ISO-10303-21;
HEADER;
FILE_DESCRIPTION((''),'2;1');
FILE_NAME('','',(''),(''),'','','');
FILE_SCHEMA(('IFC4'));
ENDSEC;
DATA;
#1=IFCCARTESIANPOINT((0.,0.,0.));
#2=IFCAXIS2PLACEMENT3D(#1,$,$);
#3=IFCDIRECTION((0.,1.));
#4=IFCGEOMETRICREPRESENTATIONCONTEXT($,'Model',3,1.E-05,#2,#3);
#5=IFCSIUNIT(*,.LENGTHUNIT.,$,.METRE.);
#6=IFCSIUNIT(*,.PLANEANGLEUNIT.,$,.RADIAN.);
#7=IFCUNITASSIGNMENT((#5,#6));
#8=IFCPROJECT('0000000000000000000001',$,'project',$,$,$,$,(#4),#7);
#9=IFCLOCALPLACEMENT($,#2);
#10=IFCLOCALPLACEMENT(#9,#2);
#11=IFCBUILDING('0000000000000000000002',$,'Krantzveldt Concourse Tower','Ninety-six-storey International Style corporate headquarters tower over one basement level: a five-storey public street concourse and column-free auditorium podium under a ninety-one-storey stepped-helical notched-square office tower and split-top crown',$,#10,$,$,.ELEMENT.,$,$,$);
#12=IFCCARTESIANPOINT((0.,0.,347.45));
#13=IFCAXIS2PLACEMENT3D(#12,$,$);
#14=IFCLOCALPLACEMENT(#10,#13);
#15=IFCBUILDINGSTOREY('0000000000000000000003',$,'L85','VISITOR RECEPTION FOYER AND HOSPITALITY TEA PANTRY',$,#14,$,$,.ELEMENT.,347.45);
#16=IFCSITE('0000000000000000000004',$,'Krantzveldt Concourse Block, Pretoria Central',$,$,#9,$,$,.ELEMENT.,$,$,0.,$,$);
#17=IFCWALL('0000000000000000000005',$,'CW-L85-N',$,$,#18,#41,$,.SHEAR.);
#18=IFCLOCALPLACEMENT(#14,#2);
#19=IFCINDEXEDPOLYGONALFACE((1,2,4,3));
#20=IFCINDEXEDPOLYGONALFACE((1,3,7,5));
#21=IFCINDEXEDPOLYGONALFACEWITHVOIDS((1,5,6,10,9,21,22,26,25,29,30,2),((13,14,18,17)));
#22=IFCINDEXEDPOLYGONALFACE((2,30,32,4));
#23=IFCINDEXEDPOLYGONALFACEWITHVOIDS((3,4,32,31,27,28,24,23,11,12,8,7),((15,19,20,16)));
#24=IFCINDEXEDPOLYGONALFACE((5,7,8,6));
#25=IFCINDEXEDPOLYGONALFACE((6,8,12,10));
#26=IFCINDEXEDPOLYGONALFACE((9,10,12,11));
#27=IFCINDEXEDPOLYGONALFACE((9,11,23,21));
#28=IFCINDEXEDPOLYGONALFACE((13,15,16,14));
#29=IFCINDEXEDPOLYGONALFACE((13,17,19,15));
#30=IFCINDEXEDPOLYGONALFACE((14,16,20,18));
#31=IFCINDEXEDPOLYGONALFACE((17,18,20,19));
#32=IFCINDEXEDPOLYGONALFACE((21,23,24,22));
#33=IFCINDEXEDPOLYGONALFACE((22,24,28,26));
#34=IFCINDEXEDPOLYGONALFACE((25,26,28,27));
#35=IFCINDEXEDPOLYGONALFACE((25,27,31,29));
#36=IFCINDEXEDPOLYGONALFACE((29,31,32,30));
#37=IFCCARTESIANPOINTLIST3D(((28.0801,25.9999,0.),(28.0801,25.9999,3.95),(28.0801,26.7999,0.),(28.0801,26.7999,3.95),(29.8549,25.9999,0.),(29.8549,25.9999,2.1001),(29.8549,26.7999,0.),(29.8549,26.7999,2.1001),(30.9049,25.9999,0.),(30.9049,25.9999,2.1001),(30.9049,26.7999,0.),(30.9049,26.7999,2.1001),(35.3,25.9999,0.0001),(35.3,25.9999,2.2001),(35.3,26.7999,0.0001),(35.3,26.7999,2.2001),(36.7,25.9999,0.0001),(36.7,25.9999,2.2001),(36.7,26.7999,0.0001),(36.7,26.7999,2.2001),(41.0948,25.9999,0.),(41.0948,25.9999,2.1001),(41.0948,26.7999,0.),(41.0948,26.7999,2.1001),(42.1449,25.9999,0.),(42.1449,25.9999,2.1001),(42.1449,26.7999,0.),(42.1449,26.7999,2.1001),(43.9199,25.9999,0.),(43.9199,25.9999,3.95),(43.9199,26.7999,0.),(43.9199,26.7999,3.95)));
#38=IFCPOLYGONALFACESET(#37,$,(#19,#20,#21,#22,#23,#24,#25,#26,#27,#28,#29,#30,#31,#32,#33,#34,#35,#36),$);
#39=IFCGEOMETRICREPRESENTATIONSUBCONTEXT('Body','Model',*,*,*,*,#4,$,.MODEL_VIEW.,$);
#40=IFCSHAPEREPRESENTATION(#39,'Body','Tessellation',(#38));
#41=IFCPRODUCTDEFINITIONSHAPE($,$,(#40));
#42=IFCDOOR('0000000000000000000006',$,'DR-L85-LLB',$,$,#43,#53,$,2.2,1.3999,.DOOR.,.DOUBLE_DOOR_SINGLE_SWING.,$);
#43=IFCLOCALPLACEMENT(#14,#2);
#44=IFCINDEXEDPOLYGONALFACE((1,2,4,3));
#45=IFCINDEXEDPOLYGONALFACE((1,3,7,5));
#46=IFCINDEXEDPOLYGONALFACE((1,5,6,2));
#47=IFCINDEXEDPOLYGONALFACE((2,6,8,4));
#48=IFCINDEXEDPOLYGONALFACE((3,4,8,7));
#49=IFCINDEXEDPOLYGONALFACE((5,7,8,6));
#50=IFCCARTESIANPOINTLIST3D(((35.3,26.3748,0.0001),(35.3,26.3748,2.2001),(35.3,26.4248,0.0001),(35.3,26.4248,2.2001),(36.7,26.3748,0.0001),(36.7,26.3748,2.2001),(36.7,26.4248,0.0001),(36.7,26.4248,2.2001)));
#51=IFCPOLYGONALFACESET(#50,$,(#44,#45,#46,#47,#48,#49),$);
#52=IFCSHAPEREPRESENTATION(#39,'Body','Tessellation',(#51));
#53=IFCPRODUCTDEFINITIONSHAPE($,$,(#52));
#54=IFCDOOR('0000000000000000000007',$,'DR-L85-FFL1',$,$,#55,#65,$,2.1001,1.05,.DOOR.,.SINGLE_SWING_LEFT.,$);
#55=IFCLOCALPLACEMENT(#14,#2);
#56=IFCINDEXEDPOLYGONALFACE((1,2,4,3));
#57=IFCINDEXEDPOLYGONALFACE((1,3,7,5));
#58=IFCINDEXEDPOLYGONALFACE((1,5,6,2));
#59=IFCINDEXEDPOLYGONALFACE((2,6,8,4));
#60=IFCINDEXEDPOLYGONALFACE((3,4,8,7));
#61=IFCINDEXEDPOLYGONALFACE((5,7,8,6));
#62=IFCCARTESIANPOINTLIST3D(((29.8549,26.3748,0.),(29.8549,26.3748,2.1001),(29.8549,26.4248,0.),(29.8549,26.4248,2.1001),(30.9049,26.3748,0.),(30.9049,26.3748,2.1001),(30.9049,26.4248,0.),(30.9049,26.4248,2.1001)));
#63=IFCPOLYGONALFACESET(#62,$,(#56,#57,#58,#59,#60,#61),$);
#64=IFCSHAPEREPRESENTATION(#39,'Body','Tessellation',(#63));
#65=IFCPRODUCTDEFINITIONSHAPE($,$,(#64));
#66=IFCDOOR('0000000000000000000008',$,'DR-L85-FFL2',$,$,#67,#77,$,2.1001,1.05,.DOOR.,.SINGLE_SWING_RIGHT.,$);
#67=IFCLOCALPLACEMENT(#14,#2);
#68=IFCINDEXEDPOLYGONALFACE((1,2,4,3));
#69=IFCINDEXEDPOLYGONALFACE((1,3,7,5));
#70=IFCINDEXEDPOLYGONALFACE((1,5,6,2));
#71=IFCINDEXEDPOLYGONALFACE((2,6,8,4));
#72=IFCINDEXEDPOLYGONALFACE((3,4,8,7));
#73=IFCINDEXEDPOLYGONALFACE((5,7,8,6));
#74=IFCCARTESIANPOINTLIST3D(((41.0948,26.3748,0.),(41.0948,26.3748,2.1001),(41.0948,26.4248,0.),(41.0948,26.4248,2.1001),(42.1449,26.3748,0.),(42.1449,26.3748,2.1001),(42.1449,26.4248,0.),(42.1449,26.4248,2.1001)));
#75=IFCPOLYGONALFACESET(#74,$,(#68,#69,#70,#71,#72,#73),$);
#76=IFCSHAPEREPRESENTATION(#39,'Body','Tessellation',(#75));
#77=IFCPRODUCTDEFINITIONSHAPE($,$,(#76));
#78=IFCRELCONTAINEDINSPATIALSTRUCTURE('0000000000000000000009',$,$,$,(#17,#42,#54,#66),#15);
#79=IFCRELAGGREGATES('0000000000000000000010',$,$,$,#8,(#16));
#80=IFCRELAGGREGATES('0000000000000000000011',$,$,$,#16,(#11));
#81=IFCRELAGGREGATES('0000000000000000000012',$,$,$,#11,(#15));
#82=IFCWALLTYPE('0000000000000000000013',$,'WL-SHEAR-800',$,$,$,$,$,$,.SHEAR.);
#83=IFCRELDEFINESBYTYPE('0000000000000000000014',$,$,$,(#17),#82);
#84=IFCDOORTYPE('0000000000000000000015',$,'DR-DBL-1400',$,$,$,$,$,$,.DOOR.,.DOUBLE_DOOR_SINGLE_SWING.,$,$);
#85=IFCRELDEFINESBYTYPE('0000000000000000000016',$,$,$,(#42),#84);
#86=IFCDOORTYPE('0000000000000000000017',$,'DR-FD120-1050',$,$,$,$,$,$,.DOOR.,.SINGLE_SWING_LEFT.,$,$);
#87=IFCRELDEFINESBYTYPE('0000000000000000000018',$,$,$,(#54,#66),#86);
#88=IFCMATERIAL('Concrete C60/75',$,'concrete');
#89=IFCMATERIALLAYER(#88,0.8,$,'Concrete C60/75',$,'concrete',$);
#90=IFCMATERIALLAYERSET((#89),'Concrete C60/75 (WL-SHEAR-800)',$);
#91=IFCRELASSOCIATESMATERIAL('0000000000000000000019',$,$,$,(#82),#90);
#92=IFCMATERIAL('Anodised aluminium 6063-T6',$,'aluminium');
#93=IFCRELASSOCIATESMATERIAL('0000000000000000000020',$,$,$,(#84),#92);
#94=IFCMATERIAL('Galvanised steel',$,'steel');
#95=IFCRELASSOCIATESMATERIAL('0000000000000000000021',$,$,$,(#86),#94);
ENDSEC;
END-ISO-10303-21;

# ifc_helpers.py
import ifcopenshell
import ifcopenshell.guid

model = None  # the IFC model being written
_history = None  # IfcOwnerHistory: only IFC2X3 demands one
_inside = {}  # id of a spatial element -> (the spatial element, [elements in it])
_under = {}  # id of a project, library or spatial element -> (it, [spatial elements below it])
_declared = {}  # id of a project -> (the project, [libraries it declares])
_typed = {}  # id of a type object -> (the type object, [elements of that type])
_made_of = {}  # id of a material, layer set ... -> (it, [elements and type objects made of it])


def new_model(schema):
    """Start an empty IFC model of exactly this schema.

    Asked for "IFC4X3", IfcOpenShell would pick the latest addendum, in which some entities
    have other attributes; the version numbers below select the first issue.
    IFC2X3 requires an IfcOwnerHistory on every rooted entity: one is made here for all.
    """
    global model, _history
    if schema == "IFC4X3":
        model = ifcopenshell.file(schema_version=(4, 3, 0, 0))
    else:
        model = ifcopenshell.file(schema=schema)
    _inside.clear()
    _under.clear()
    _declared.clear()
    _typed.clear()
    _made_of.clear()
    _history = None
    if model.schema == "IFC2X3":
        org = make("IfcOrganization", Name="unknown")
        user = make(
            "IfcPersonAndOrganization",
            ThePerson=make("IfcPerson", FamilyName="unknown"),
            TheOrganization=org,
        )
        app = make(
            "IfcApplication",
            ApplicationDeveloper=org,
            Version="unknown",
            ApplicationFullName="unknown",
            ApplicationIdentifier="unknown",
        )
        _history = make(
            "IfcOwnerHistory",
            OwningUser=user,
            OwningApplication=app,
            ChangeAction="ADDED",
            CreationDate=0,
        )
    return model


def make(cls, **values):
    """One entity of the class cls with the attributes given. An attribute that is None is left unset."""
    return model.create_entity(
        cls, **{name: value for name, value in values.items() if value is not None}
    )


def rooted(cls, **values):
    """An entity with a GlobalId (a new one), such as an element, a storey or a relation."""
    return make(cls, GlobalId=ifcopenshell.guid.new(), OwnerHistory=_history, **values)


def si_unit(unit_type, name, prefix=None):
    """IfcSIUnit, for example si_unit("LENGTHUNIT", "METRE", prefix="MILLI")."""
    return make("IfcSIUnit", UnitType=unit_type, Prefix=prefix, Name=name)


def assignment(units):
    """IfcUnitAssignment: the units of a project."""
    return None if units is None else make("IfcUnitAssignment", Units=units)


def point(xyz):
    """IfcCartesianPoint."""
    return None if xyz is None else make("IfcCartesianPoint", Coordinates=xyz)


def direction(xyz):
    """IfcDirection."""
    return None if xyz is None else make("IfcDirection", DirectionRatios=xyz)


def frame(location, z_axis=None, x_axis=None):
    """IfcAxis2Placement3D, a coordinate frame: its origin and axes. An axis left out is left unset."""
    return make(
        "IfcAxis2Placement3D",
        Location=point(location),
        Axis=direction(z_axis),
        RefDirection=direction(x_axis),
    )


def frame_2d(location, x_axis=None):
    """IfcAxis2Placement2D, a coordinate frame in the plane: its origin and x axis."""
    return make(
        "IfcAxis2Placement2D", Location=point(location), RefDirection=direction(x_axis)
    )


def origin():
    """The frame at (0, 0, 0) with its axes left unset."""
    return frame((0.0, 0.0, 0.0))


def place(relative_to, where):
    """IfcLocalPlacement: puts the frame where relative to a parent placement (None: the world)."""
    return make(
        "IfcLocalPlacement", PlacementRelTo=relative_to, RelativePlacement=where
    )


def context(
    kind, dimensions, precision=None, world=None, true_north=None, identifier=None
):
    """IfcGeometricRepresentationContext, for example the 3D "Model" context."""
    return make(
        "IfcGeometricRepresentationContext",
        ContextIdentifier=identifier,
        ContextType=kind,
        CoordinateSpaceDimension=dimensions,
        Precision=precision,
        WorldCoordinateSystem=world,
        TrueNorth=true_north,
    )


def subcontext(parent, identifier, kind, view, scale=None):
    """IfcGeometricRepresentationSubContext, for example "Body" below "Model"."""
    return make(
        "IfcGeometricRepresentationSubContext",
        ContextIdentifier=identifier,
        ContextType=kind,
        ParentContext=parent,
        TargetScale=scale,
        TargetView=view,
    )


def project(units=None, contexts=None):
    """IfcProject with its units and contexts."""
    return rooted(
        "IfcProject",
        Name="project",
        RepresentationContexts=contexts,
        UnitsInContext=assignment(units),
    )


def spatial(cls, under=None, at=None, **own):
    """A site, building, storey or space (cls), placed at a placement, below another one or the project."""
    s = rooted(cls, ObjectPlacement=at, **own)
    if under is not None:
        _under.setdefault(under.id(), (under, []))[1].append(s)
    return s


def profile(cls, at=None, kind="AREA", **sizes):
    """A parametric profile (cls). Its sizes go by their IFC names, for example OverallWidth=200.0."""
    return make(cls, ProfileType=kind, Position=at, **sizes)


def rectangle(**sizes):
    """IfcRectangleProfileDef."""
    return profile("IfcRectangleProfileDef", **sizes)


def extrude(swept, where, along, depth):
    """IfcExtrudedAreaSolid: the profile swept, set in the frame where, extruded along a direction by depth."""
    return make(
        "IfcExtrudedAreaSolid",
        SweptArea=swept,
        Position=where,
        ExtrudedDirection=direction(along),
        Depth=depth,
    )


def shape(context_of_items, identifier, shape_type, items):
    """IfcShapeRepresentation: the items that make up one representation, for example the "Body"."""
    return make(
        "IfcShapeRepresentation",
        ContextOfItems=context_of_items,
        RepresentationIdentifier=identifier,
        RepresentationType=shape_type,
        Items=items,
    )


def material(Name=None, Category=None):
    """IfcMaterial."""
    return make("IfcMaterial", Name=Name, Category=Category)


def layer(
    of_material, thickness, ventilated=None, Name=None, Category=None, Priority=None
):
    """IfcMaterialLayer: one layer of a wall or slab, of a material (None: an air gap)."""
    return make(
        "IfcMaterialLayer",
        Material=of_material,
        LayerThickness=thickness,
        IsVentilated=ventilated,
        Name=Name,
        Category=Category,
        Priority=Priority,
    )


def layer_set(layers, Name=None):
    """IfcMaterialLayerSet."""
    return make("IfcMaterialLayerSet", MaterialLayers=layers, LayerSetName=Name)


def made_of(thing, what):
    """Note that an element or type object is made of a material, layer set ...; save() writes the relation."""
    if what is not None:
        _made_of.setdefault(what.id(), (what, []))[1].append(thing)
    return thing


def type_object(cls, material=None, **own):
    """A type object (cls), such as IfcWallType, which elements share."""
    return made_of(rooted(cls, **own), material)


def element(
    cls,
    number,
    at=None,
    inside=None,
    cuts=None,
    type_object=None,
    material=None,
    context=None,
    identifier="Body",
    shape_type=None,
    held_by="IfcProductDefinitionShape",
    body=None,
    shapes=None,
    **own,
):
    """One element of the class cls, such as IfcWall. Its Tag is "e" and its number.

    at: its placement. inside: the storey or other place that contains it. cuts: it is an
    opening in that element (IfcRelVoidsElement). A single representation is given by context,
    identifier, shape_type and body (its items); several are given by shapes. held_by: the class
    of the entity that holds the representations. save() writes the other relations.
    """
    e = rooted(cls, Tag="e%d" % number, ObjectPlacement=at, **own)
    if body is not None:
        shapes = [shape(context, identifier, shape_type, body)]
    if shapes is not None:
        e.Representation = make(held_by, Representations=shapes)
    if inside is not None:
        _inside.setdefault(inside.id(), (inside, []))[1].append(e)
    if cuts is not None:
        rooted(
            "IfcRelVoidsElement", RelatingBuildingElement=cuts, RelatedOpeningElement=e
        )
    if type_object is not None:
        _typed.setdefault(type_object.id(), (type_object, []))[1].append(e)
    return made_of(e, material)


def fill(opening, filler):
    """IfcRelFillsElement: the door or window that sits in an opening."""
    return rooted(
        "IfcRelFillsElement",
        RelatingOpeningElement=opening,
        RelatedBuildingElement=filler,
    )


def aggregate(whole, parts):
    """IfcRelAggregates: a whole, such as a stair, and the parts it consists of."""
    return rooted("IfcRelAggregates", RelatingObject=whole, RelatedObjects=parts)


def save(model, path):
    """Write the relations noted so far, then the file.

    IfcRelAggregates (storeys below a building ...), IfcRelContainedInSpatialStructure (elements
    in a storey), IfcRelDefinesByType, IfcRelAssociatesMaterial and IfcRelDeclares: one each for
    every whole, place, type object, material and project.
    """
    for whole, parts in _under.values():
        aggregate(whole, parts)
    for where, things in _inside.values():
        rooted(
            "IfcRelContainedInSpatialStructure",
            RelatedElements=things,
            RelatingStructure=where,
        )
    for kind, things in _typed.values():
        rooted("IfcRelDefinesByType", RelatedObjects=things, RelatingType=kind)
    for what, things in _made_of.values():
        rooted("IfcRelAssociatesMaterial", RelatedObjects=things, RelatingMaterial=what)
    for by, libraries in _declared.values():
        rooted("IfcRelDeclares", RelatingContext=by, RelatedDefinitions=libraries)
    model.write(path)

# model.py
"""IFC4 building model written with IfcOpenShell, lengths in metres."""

from ifc_helpers import new_model, si_unit, direction, frame, frame_2d, origin, place, context, subcontext, project, spatial, rectangle, extrude, material, layer, layer_set, type_object, element, fill, save


model = new_model("IFC4")

# Units and contexts
model_context = context("Model", 3, precision=1e-05, world=origin(), true_north=direction((0.0, 1.0)))
body_context = subcontext(model_context, "Body", "Model", "MODEL_VIEW")
ifc_project = project(units=[si_unit("LENGTHUNIT", "METRE"), si_unit("PLANEANGLEUNIT", "RADIAN")], contexts=[model_context])

# Site, building, storey
site_placement = place(None, origin())
site = spatial("IfcSite", under=ifc_project, at=site_placement, Name="Krantzveldt Concourse Block, Pretoria Central", CompositionType="ELEMENT", RefElevation=0.0)
building_placement = place(site_placement, origin())
building = spatial("IfcBuilding", under=site, at=building_placement, Name="Krantzveldt Concourse Tower", Description="Ninety-six-storey International Style corporate headquarters tower over one basement level: a five-storey public street concourse and column-free auditorium podium under a ninety-one-storey stepped-helical notched-square office tower and split-top crown", CompositionType="ELEMENT")
storey_placement = place(building_placement, frame((0.0, 0.0, 347.45)))
storey = spatial("IfcBuildingStorey", under=building, at=storey_placement, Name="L85", Description="VISITOR RECEPTION FOYER AND HOSPITALITY TEA PANTRY", CompositionType="ELEMENT", Elevation=347.45)

# Shared definitions
ifc_material_1 = material(Name="Anodised aluminium 6063-T6", Category="aluminium")

# Wall, openings, doors
ifc_material_2 = material(Name="Concrete C60/75", Category="concrete")
ifc_layer_1 = layer(ifc_material_2, 0.8, Name="Concrete C60/75", Category="concrete")
ifc_layer_set_1 = layer_set([ifc_layer_1], Name="Concrete C60/75 (WL-SHEAR-800)")
wall_type_1 = type_object("IfcWallType", Name="WL-SHEAR-800", PredefinedType="SHEAR", material=ifc_layer_set_1)
wall_1_placement = place(storey_placement, frame((28.0801, 26.3999, 0.0), z_axis=(0.0, 0.0, 1.0), x_axis=(1.0, 0.0, 0.0)))
wall_1 = element("IfcWall", 1, at=wall_1_placement, inside=storey, type_object=wall_type_1, Name="CW-L85-N", PredefinedType="SHEAR", context=body_context, shape_type="SweptSolid", body=[
    extrude(rectangle(XDim=15.8398, YDim=0.8, at=frame_2d((7.9199, 0.0))), origin(), (0.0, 0.0, 1.0), 3.95),
])
opening_1_placement = place(wall_1_placement, frame((7.22, 0.0, 0.0)))
opening_1 = element("IfcOpeningElement", 2, at=opening_1_placement, cuts=wall_1, PredefinedType="OPENING", context=body_context, shape_type="SweptSolid", body=[
    extrude(rectangle(XDim=1.3999, YDim=2.2, at=frame_2d((0.7, 1.1001))), frame((0.0, 0.4102, 0.0), z_axis=(0.0, -1.0, 0.0), x_axis=(1.0, 0.0, 0.0)), (0.0, 0.0, 1.0), 0.8201),
])
opening_2_placement = place(wall_1_placement, frame((1.7749, 0.0, 0.0)))
opening_2 = element("IfcOpeningElement", 3, at=opening_2_placement, cuts=wall_1, PredefinedType="OPENING", context=body_context, shape_type="SweptSolid", body=[
    extrude(rectangle(XDim=1.05, YDim=2.1001, at=frame_2d((0.5249, 1.05))), frame((0.0, 0.4102, 0.0), z_axis=(0.0, -1.0, 0.0), x_axis=(1.0, 0.0, 0.0)), (0.0, 0.0, 1.0), 0.8201),
])
opening_3_placement = place(wall_1_placement, frame((13.0149, 0.0, 0.0)))
opening_3 = element("IfcOpeningElement", 4, at=opening_3_placement, cuts=wall_1, PredefinedType="OPENING", context=body_context, shape_type="SweptSolid", body=[
    extrude(rectangle(XDim=1.05, YDim=2.1001, at=frame_2d((0.5249, 1.05))), frame((0.0, 0.4102, 0.0), z_axis=(0.0, -1.0, 0.0), x_axis=(1.0, 0.0, 0.0)), (0.0, 0.0, 1.0), 0.8201),
])
door_type_1 = type_object("IfcDoorType", Name="DR-DBL-1400", OperationType="DOUBLE_DOOR_SINGLE_SWING", PredefinedType="DOOR", material=ifc_material_1)
door_1_placement = place(opening_1_placement, origin())
door_1 = element("IfcDoor", 5, at=door_1_placement, inside=storey, type_object=door_type_1, Name="DR-L85-LLB", OperationType="DOUBLE_DOOR_SINGLE_SWING", OverallHeight=2.2, OverallWidth=1.3999, PredefinedType="DOOR", context=body_context, shape_type="SweptSolid", body=[
    extrude(rectangle(XDim=1.3999, YDim=2.2, at=frame_2d((0.7, 1.1001))), frame((0.0, 0.0249, 0.0), z_axis=(0.0, -1.0, 0.0), x_axis=(1.0, 0.0, 0.0)), (0.0, 0.0, 1.0), 0.05),
])
fill(opening_1, door_1)
ifc_material_3 = material(Name="Galvanised steel", Category="steel")
door_type_2 = type_object("IfcDoorType", Name="DR-FD120-1050", OperationType="SINGLE_SWING_LEFT", PredefinedType="DOOR", material=ifc_material_3)
door_2_placement = place(opening_2_placement, origin())
door_2 = element("IfcDoor", 6, at=door_2_placement, inside=storey, type_object=door_type_2, Name="DR-L85-FFL1", OperationType="SINGLE_SWING_LEFT", OverallHeight=2.1001, OverallWidth=1.05, PredefinedType="DOOR", context=body_context, shape_type="SweptSolid", body=[
    extrude(rectangle(XDim=1.05, YDim=2.1001, at=frame_2d((0.5249, 1.05))), frame((0.0, 0.0249, 0.0), z_axis=(0.0, -1.0, 0.0), x_axis=(1.0, 0.0, 0.0)), (0.0, 0.0, 1.0), 0.05),
])
fill(opening_2, door_2)
door_3_placement = place(opening_3_placement, origin())
door_3 = element("IfcDoor", 7, at=door_3_placement, inside=storey, type_object=door_type_2, Name="DR-L85-FFL2", OperationType="SINGLE_SWING_RIGHT", OverallHeight=2.1001, OverallWidth=1.05, PredefinedType="DOOR", context=body_context, shape_type="SweptSolid", body=[
    extrude(rectangle(XDim=1.05, YDim=2.1001, at=frame_2d((0.5249, 1.05))), frame((0.0, 0.0249, 0.0), z_axis=(0.0, -1.0, 0.0), x_axis=(1.0, 0.0, 0.0)), (0.0, 0.0, 1.0), 0.05),
])
fill(opening_3, door_3)

save(model, "model.ifc")
